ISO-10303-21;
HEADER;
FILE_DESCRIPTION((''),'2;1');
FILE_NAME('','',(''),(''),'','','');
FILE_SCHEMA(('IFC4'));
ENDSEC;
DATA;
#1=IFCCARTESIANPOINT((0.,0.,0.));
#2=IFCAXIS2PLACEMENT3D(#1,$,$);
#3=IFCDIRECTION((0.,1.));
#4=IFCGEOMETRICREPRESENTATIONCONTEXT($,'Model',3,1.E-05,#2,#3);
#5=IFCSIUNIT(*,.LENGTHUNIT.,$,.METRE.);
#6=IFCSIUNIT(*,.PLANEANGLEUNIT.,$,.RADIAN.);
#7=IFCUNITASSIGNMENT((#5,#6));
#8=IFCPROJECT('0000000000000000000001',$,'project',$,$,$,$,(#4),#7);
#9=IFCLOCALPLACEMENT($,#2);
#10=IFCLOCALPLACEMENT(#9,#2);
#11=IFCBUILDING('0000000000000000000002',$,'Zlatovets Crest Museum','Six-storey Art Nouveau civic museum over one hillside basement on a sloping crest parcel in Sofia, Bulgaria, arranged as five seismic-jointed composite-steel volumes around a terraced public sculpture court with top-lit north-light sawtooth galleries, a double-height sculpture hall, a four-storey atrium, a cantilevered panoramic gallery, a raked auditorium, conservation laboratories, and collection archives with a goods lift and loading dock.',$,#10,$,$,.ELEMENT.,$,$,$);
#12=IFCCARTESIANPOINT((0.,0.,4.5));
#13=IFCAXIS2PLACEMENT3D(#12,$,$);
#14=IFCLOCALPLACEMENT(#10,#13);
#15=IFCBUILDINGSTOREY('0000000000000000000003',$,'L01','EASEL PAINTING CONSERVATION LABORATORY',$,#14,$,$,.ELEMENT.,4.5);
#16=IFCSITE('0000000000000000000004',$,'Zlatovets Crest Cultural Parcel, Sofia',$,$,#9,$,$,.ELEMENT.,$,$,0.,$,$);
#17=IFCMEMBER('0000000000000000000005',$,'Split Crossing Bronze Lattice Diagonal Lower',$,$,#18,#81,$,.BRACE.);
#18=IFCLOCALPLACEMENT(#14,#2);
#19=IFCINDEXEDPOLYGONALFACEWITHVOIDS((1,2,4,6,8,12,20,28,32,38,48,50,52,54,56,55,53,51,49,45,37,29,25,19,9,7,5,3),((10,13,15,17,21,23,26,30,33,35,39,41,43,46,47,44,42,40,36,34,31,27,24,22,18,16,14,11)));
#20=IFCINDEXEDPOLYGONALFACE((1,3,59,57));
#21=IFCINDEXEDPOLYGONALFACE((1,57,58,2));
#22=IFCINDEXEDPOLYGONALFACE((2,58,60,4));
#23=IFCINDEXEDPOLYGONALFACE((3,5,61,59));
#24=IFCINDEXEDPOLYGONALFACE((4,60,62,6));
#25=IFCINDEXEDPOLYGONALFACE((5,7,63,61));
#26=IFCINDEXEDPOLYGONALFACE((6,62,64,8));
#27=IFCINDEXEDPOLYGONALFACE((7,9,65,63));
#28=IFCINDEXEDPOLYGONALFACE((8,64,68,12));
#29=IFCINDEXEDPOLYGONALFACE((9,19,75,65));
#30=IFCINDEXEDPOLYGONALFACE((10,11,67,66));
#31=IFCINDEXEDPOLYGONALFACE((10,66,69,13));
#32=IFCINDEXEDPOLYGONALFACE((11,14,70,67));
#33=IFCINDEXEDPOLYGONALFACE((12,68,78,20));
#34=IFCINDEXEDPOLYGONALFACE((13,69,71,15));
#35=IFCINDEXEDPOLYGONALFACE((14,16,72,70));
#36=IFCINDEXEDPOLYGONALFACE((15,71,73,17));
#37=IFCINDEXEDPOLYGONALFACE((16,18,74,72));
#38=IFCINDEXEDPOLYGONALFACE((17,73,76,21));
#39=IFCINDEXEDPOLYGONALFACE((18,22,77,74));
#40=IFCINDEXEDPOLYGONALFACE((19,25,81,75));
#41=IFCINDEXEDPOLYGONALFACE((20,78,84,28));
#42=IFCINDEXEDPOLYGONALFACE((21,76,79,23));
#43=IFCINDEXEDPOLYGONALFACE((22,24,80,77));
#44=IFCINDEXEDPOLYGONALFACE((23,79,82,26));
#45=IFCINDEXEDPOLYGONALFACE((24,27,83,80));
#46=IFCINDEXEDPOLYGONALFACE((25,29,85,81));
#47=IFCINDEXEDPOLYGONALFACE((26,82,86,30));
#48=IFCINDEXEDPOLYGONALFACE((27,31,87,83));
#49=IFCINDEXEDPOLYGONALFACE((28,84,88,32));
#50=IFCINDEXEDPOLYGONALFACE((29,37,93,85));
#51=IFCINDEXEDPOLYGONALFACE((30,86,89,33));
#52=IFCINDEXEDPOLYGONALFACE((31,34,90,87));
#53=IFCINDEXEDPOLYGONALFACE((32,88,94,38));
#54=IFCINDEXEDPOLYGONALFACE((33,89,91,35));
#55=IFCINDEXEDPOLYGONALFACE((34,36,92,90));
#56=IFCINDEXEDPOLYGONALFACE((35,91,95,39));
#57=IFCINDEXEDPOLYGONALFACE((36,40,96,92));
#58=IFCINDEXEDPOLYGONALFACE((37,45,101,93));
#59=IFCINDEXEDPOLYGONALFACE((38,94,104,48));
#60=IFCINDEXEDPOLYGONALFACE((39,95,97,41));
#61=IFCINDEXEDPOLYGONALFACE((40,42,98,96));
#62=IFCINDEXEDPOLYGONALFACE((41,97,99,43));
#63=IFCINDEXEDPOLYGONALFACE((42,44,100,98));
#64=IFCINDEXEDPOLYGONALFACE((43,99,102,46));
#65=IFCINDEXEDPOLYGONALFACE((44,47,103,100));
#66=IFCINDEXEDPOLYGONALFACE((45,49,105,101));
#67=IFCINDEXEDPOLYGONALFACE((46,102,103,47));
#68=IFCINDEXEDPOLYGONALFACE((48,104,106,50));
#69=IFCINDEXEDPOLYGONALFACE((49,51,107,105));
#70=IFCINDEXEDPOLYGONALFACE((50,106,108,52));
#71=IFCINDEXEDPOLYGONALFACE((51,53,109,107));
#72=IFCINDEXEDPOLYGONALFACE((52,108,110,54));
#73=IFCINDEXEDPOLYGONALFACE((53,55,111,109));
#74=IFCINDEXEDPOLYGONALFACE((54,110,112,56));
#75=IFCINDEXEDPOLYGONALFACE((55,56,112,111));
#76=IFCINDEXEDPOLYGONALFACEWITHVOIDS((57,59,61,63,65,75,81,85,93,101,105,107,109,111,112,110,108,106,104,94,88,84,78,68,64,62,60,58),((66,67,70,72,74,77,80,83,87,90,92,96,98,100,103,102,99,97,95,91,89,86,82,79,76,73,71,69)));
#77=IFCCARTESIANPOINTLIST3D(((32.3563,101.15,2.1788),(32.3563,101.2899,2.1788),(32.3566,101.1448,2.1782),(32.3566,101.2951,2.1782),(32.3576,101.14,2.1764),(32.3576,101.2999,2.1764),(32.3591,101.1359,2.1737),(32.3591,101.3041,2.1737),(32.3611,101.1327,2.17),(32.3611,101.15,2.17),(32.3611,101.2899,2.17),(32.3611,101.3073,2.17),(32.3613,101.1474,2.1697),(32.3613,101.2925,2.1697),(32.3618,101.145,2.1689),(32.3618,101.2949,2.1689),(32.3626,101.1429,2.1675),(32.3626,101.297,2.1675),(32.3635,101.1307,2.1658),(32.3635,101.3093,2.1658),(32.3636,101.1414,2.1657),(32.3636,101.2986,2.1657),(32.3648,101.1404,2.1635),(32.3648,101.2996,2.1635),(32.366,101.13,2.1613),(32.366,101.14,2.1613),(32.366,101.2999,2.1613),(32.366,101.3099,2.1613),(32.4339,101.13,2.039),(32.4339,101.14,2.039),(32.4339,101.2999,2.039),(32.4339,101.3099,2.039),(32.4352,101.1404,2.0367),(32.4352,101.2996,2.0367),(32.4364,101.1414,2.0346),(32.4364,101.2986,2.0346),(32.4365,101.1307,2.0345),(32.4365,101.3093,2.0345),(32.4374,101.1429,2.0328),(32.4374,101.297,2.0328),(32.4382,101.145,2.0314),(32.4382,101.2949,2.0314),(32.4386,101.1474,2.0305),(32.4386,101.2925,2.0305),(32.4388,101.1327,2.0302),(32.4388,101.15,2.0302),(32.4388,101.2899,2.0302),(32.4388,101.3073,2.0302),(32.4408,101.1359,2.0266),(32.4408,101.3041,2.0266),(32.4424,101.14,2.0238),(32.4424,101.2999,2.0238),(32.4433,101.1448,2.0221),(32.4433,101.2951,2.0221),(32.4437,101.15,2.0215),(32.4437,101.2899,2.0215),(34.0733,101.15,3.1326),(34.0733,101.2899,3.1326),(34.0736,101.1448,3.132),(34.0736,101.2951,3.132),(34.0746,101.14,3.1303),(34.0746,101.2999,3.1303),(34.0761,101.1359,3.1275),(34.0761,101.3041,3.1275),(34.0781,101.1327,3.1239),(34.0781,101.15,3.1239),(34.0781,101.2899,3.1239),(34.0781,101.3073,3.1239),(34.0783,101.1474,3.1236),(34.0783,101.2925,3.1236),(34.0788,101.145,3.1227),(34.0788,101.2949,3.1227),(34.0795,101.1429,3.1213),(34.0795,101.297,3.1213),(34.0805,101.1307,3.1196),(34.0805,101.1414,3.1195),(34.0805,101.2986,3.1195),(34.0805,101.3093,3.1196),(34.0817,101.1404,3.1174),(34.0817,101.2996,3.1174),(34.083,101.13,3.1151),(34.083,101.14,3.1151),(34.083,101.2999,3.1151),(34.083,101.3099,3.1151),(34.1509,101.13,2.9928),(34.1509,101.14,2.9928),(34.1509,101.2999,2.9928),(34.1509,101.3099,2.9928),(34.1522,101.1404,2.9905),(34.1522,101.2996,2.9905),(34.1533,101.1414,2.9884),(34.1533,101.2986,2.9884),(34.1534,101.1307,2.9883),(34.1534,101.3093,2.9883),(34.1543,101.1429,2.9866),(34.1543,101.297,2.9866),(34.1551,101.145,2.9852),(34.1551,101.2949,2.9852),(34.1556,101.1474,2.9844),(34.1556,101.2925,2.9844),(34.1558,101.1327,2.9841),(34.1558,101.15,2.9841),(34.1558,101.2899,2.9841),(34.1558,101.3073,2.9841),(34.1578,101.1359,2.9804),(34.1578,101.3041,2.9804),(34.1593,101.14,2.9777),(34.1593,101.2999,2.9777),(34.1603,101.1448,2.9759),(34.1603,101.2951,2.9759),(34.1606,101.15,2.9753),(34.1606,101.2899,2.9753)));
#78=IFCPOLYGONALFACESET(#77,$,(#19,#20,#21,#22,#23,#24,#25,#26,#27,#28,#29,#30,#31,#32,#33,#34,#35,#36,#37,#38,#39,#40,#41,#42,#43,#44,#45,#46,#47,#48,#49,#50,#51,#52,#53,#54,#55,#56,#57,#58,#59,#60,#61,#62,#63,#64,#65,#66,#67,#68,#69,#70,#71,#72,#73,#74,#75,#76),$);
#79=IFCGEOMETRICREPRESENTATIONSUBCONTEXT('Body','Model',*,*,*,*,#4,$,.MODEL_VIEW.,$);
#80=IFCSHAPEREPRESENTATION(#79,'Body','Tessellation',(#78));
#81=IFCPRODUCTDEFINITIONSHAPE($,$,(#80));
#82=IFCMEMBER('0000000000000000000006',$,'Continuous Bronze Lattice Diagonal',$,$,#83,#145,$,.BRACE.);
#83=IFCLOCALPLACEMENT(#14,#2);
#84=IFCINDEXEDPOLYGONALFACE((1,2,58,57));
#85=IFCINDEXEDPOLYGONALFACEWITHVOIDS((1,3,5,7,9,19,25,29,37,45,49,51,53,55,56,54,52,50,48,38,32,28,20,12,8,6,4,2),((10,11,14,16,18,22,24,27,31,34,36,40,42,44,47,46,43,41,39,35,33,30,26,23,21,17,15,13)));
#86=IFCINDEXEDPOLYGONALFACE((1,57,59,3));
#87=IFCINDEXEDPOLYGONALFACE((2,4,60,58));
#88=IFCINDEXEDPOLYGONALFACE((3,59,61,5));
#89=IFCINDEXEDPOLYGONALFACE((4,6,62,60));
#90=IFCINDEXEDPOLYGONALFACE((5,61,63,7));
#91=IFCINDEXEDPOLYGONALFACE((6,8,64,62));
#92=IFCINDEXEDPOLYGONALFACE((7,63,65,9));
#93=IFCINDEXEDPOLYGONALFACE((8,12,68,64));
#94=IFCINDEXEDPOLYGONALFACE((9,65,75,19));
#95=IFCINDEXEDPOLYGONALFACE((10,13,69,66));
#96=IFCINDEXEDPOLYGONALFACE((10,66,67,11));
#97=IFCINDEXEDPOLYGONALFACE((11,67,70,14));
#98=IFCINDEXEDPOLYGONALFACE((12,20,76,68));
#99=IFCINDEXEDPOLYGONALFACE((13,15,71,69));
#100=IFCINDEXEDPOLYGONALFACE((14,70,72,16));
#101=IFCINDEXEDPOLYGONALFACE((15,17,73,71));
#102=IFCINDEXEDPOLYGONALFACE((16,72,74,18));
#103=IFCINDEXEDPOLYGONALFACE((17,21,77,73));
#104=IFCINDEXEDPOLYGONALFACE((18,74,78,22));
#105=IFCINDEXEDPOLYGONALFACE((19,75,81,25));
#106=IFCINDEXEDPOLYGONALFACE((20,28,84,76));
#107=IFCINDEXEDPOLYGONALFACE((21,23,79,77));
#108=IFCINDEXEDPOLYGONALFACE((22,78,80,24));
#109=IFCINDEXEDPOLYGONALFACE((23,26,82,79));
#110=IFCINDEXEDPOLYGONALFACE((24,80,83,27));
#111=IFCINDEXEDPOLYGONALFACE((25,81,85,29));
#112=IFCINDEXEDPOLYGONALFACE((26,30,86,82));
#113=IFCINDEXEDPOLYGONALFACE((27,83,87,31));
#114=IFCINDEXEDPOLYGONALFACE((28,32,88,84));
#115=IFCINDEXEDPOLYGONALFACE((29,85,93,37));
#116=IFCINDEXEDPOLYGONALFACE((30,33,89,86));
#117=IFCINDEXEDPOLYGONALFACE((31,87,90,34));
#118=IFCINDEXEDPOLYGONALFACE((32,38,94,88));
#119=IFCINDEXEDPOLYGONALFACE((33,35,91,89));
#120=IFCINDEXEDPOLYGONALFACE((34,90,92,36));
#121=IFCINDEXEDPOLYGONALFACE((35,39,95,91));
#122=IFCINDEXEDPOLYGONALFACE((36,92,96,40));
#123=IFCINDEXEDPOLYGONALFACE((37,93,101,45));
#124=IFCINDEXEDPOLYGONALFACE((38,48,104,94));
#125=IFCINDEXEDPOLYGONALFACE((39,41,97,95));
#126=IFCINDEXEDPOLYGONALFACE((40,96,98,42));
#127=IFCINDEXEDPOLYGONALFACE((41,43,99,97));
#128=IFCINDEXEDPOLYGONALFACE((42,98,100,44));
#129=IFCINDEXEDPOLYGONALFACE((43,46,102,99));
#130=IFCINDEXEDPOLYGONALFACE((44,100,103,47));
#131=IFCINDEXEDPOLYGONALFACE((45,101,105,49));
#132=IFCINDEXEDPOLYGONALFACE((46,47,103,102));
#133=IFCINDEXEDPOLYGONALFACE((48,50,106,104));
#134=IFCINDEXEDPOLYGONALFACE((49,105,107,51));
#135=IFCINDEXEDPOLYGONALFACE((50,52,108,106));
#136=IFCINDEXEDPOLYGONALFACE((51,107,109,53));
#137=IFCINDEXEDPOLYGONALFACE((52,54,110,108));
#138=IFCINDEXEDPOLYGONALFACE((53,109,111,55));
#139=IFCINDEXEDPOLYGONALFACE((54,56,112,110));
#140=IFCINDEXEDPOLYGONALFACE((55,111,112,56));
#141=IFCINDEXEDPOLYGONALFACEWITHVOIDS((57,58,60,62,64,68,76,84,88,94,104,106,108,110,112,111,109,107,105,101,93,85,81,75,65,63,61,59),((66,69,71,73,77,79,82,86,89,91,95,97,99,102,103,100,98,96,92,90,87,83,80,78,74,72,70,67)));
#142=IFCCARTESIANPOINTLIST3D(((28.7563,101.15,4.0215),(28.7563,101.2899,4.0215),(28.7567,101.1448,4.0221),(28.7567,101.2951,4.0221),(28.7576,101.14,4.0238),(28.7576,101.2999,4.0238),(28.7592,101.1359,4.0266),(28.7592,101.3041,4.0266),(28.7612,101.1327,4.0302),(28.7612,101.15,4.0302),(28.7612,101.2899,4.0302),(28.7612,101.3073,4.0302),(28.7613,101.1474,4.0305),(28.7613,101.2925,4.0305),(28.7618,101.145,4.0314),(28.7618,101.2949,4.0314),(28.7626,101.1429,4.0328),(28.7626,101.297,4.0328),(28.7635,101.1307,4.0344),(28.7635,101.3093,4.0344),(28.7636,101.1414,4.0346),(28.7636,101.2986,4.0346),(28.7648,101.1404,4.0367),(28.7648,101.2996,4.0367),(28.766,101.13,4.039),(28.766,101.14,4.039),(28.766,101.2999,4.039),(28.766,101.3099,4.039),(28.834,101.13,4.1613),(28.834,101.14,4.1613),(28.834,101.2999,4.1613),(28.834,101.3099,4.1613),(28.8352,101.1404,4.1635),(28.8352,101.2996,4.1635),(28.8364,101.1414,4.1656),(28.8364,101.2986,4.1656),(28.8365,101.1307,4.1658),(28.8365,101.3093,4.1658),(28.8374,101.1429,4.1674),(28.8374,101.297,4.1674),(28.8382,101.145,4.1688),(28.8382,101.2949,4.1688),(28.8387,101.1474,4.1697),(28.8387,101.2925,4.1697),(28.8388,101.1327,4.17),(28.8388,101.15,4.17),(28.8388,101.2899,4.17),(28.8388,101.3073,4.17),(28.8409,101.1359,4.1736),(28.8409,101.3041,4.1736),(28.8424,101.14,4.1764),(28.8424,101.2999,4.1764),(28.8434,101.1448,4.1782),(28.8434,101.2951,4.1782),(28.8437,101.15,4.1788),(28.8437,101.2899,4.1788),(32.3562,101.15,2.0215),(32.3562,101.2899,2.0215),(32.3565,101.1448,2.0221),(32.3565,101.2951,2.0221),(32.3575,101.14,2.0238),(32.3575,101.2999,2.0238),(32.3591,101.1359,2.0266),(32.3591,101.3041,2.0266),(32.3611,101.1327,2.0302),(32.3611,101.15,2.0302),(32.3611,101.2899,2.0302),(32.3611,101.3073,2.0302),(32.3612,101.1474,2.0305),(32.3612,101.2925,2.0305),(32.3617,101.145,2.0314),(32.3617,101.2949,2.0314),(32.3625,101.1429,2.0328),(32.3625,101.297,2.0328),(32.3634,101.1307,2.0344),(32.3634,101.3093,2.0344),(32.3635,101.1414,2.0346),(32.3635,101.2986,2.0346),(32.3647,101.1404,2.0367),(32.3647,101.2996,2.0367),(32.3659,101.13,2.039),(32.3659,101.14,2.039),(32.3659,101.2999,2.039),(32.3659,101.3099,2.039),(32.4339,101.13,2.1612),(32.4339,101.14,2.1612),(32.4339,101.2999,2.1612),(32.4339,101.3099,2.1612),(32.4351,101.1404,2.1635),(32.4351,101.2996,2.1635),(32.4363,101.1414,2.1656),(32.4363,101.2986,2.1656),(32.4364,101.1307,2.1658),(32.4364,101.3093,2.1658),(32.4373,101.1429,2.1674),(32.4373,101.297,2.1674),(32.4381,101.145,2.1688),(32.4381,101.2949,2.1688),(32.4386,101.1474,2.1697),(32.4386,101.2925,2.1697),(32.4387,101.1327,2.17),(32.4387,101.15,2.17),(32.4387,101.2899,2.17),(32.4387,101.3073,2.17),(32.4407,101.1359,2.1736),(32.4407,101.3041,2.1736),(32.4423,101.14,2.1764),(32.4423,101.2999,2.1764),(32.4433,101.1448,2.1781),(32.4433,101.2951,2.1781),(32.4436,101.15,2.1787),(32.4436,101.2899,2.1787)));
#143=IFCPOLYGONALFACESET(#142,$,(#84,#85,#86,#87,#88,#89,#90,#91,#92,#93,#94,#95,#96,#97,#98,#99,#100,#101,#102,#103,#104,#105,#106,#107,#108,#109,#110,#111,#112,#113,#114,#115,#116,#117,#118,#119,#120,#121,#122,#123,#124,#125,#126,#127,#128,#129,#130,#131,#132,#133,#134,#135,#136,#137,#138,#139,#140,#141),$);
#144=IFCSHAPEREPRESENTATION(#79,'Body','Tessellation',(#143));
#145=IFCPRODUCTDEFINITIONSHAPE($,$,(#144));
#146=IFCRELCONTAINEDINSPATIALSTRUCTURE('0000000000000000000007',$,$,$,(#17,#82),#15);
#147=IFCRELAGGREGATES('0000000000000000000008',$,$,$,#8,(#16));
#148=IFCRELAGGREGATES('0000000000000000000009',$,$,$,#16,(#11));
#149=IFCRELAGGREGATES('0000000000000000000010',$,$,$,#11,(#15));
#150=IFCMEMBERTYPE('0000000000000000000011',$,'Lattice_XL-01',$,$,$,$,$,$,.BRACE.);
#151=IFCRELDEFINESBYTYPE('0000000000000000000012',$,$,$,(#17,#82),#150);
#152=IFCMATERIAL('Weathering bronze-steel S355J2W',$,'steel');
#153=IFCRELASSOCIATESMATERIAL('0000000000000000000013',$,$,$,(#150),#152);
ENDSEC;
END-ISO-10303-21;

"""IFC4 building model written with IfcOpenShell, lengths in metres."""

from ifc_helpers import new_model, si_unit, direction, frame, origin, origin_2d, place, context, subcontext, project, spatial, hollow_rectangle, extrude, material, material_profile, profile_set, type_object, element, save


model = new_model("IFC4")

# Units and contexts
model_context = context("Model", 3, precision=1e-05, world=origin(), true_north=direction((0.0, 1.0)))
body_context = subcontext(model_context, "Body", "Model", "MODEL_VIEW")
ifc_project = project(units=[si_unit("LENGTHUNIT", "METRE"), si_unit("PLANEANGLEUNIT", "RADIAN")], contexts=[model_context])

# Site, building, storey
site_placement = place(None, origin())
site = spatial("IfcSite", under=ifc_project, at=site_placement, Name="Zlatovets Crest Cultural Parcel, Sofia", CompositionType="ELEMENT", RefElevation=0.0)
building_placement = place(site_placement, origin())
building = spatial("IfcBuilding", under=site, at=building_placement, Name="Zlatovets Crest Museum", Description="Six-storey Art Nouveau civic museum over one hillside basement on a sloping crest parcel in Sofia, Bulgaria, arranged as five seismic-jointed composite-steel volumes around a terraced public sculpture court with top-lit north-light sawtooth galleries, a double-height sculpture hall, a four-storey atrium, a cantilevered panoramic gallery, a raked auditorium, conservation laboratories, and collection archives with a goods lift and loading dock.", CompositionType="ELEMENT")
storey_placement = place(building_placement, frame((0.0, 0.0, 4.5)))
storey = spatial("IfcBuildingStorey", under=building, at=storey_placement, Name="L01", Description="EASEL PAINTING CONSERVATION LABORATORY", CompositionType="ELEMENT", Elevation=4.5)

# Members
ifc_material_1 = material(Name="Weathering bronze-steel S355J2W", Category="steel")
ifc_material_profile_1 = material_profile(ifc_material_1, hollow_rectangle(XDim=0.1799, YDim=0.1799, WallThickness=0.01, InnerFilletRadius=0.01, OuterFilletRadius=0.02, at=origin_2d()), Name="SHS 180x180x10.0")
ifc_profile_set_1 = profile_set([ifc_material_profile_1], Name="Weathering bronze-steel S355J2W")
member_type_1 = type_object("IfcMemberType", Name="Lattice_XL-01", PredefinedType="BRACE", material=ifc_profile_set_1)
member_1_placement = place(storey_placement, frame((34.1169, 101.22, 3.054), z_axis=(-0.874169, 0.0, -0.485622), x_axis=(0.0, -1.0, 0.0)))
element("IfcMember", 1, at=member_1_placement, inside=storey, type_object=member_type_1, Name="Split Crossing Bronze Lattice Diagonal Lower", PredefinedType="BRACE", context=body_context, shape_type="SweptSolid", body=[
    extrude(hollow_rectangle(XDim=0.1799, YDim=0.1799, WallThickness=0.01, InnerFilletRadius=0.01, OuterFilletRadius=0.02, at=origin_2d()), origin(), (0.0, 0.0, 1.0), 1.9641),
])
member_2_placement = place(storey_placement, frame((32.3999, 101.22, 2.1001), z_axis=(-0.874149, 0.0, 0.485658), x_axis=(0.0, -1.0, 0.0)))
element("IfcMember", 2, at=member_2_placement, inside=storey, type_object=member_type_1, Name="Continuous Bronze Lattice Diagonal", PredefinedType="BRACE", context=body_context, shape_type="SweptSolid", body=[
    extrude(hollow_rectangle(XDim=0.1799, YDim=0.1799, WallThickness=0.01, InnerFilletRadius=0.01, OuterFilletRadius=0.02, at=origin_2d()), origin(), (0.0, 0.0, 1.0), 4.1182),
])

save(model, "model.ifc")
